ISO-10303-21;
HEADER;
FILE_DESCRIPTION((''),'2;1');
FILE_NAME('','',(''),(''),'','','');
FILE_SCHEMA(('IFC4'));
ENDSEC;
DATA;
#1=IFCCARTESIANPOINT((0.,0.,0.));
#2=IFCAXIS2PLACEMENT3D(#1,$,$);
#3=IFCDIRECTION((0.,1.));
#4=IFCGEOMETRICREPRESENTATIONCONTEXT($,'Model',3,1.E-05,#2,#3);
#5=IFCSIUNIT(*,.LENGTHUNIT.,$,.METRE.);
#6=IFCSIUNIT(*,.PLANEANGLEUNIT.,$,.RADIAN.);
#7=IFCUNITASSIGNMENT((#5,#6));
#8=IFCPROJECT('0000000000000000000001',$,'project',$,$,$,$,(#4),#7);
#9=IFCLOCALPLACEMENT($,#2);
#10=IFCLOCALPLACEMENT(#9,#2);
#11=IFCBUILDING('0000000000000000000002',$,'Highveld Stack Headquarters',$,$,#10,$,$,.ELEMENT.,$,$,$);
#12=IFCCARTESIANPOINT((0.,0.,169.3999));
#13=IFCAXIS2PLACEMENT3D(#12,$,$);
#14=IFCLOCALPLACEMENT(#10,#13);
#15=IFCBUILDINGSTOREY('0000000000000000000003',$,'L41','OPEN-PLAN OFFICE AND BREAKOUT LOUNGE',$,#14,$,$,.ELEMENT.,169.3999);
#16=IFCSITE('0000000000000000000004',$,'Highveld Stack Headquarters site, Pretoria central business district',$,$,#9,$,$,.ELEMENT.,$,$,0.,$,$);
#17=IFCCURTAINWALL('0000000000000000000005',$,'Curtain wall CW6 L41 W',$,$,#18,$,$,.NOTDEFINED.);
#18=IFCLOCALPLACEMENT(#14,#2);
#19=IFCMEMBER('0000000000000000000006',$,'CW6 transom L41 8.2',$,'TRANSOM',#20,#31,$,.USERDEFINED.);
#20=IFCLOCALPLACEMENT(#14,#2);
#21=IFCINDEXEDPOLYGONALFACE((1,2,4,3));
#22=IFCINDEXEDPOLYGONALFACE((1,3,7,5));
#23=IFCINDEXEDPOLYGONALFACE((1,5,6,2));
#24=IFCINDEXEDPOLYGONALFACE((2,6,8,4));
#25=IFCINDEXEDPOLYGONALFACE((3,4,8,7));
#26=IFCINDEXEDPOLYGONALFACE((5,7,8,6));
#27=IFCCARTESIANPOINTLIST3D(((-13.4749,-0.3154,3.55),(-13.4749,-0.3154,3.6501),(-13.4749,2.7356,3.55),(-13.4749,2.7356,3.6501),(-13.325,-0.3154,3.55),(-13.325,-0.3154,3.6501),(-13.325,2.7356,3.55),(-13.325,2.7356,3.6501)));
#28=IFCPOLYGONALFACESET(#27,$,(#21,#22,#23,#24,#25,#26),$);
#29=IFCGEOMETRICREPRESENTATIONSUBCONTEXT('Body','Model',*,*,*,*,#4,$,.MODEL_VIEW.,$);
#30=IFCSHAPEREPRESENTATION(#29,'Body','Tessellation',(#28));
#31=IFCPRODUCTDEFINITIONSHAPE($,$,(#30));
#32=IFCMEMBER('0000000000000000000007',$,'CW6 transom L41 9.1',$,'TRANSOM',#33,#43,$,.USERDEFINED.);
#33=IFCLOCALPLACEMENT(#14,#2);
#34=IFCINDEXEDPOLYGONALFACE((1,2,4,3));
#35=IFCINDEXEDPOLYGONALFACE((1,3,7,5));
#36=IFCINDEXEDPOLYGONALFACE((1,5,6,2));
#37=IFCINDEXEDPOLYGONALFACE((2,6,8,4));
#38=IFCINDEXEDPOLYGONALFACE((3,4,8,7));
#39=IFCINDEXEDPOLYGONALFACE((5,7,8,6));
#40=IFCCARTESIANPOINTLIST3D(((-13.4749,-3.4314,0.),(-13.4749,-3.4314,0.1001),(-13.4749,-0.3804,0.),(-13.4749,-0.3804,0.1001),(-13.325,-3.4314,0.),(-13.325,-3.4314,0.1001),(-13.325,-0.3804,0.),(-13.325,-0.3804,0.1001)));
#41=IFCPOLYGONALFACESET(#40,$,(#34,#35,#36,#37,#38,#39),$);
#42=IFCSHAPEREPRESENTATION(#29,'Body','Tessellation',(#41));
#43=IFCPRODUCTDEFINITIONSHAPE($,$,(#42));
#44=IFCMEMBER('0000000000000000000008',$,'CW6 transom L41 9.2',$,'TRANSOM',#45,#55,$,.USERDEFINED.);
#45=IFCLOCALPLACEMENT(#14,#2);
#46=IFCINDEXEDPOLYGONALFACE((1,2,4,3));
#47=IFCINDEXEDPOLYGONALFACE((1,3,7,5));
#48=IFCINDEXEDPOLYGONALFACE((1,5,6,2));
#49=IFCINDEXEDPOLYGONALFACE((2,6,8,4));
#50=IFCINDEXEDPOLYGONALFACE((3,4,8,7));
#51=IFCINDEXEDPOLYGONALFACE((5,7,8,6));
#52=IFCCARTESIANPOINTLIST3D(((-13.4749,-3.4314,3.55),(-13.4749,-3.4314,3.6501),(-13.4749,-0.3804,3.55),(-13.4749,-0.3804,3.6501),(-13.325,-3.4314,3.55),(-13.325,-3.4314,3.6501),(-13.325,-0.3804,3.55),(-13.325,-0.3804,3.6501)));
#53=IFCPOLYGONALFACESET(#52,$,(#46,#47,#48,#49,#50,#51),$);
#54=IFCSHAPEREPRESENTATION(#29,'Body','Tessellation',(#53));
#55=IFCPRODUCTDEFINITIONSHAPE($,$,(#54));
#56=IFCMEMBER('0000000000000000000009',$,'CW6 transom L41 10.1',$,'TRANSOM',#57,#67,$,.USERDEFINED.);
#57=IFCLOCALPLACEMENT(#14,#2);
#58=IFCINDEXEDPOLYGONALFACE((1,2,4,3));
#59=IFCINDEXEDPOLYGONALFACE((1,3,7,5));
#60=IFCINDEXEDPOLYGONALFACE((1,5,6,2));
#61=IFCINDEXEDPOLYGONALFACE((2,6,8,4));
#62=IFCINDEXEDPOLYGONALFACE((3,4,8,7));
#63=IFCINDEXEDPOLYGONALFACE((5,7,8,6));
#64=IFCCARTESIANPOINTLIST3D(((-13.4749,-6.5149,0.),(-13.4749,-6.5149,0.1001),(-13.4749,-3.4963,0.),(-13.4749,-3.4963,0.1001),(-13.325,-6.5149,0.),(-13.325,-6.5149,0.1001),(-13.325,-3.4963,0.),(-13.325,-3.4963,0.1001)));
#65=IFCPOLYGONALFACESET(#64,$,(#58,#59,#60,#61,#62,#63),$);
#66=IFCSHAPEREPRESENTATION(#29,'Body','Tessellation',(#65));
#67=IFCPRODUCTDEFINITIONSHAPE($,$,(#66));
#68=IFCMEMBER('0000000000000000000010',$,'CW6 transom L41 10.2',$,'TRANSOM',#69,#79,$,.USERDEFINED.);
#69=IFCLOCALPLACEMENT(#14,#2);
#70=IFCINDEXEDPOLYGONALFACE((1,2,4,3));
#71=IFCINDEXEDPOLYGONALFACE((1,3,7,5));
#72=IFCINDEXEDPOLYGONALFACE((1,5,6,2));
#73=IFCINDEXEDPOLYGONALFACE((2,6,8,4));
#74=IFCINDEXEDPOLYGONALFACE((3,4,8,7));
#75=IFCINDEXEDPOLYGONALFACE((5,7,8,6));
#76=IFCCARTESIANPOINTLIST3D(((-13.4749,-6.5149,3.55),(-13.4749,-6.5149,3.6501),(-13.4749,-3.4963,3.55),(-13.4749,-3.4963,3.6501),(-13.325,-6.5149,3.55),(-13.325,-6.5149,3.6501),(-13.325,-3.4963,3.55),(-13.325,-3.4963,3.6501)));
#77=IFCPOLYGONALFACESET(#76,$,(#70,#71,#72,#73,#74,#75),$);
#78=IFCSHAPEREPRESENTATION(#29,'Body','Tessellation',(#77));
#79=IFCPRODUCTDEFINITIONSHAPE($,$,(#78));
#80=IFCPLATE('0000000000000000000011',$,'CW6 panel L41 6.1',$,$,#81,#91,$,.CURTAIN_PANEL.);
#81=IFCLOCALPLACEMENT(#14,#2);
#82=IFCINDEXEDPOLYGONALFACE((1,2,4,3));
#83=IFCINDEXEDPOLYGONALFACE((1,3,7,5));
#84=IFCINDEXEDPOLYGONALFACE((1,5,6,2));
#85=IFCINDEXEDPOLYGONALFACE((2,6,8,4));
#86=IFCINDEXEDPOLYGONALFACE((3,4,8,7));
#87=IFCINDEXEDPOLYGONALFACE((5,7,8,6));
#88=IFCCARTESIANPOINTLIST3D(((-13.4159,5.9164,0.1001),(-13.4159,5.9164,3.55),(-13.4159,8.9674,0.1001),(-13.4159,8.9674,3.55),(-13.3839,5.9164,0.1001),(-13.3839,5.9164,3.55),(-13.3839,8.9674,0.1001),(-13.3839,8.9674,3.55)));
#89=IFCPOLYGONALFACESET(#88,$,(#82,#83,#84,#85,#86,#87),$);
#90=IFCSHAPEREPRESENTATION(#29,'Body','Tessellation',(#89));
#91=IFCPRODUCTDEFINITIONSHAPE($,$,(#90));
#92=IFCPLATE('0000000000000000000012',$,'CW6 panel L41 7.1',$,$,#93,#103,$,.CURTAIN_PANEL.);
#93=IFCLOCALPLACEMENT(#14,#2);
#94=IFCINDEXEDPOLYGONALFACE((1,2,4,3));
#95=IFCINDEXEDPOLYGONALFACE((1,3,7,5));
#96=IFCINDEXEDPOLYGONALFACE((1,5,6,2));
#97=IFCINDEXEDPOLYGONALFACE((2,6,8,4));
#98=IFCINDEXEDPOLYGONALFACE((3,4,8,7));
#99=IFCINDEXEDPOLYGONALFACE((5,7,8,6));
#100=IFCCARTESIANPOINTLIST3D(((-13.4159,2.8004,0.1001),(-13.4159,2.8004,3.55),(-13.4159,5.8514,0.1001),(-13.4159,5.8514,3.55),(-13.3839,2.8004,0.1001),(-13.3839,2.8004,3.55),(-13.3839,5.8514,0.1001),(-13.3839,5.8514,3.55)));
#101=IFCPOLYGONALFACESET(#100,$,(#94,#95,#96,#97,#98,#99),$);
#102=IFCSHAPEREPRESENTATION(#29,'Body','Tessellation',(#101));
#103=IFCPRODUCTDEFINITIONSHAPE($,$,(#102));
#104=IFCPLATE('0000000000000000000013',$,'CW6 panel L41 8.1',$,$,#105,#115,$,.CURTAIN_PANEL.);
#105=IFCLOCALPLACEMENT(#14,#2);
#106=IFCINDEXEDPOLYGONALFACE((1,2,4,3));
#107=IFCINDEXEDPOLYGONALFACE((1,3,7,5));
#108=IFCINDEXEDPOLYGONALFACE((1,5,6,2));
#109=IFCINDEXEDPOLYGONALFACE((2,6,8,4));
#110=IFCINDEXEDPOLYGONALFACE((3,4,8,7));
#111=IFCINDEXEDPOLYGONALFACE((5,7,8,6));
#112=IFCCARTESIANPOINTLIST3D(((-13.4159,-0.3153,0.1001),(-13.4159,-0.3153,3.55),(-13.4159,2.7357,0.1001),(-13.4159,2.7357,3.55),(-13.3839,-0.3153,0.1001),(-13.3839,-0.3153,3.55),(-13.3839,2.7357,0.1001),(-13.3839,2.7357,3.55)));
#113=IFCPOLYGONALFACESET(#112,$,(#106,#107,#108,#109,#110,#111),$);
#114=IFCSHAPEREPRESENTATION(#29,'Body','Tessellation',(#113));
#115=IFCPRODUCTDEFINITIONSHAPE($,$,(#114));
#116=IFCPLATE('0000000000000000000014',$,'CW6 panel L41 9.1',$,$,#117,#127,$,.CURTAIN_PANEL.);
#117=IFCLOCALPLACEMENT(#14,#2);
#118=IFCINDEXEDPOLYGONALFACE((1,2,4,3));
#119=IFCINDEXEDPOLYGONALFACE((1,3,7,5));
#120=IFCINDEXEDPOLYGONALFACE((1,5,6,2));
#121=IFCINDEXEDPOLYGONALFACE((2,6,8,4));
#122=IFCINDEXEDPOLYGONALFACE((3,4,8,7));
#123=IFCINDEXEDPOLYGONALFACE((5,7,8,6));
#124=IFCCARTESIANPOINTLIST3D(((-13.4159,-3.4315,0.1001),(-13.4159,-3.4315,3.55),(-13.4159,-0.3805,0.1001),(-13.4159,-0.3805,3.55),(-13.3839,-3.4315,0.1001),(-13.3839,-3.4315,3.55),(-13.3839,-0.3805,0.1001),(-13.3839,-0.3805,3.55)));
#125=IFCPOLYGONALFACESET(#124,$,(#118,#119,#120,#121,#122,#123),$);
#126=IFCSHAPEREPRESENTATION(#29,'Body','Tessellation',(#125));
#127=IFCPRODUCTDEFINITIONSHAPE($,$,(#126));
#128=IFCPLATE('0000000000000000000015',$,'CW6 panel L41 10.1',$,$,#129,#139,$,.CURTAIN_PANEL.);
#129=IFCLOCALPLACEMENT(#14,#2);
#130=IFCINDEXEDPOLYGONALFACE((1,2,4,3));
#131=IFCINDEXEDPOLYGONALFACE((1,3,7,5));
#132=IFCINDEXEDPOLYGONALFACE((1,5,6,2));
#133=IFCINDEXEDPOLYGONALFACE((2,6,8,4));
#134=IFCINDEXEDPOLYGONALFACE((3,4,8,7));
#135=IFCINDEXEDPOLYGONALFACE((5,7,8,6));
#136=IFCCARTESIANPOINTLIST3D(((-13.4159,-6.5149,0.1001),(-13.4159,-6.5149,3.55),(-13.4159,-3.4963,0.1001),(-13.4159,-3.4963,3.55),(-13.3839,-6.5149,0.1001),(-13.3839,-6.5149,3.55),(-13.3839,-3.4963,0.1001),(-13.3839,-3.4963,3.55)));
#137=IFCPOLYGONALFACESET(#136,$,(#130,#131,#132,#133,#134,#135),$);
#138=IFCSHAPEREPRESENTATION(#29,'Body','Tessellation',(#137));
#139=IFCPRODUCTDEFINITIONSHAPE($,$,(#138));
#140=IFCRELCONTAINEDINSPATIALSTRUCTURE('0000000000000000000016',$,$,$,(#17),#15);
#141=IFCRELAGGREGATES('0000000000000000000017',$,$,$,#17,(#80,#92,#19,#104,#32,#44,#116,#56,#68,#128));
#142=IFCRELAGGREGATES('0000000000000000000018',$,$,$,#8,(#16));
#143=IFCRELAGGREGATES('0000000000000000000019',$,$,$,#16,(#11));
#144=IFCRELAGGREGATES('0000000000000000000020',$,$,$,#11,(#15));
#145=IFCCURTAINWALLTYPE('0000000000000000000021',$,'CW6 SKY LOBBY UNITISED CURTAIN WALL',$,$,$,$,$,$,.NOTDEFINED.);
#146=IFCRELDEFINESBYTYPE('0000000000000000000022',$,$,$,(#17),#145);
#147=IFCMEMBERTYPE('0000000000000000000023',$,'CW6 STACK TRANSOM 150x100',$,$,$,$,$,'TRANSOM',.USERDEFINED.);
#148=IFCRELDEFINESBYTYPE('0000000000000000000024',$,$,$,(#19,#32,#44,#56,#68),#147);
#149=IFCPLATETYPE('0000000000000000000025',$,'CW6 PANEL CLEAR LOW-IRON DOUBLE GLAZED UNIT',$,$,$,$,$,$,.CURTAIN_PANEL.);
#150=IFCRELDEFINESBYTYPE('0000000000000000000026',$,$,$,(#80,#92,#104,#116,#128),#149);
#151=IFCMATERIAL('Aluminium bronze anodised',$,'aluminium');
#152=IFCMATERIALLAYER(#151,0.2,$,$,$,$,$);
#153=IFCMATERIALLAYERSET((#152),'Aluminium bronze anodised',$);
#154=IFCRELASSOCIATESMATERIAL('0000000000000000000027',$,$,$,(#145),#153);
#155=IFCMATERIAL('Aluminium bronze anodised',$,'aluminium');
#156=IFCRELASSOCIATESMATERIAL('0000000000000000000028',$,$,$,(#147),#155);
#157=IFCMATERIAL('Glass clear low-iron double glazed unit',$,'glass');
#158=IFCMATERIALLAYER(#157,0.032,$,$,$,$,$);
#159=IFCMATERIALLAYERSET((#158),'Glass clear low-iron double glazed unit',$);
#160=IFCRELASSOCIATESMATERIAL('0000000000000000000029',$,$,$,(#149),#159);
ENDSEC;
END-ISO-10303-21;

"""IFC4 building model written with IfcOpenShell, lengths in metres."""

from ifc_helpers import new_model, si_unit, direction, frame, origin, origin_2d, place, context, subcontext, project, spatial, rectangle, extrude, material, layer, layer_set, material_profile, profile_set, type_object, element, aggregate, save


model = new_model("IFC4")

# Units and contexts
model_context = context("Model", 3, precision=1e-05, world=origin(), true_north=direction((0.0, 1.0)))
body_context = subcontext(model_context, "Body", "Model", "MODEL_VIEW")
ifc_project = project(units=[si_unit("LENGTHUNIT", "METRE"), si_unit("PLANEANGLEUNIT", "RADIAN")], contexts=[model_context])

# Site, building, storey
site_placement = place(None, origin())
site = spatial("IfcSite", under=ifc_project, at=site_placement, Name="Highveld Stack Headquarters site, Pretoria central business district", CompositionType="ELEMENT", RefElevation=0.0)
building_placement = place(site_placement, origin())
building = spatial("IfcBuilding", under=site, at=building_placement, Name="Highveld Stack Headquarters", CompositionType="ELEMENT")
storey_placement = place(building_placement, frame((0.0, 0.0, 169.3999)))
storey = spatial("IfcBuildingStorey", under=building, at=storey_placement, Name="L41", Description="OPEN-PLAN OFFICE AND BREAKOUT LOUNGE", CompositionType="ELEMENT", Elevation=169.3999)

# Curtain wall, members, plates
ifc_material_1 = material(Name="Aluminium bronze anodised", Category="aluminium")
ifc_layer_1 = layer(ifc_material_1, 0.2)
ifc_layer_set_1 = layer_set([ifc_layer_1], Name="Aluminium bronze anodised")
curtain_wall_type = type_object("IfcCurtainWallType", Name="CW6 SKY LOBBY UNITISED CURTAIN WALL", PredefinedType="NOTDEFINED", material=ifc_layer_set_1)
curtain_wall_placement = place(storey_placement, origin())
curtain_wall = element("IfcCurtainWall", 1, at=curtain_wall_placement, inside=storey, type_object=curtain_wall_type, Name="Curtain wall CW6 L41 W", PredefinedType="NOTDEFINED")
ifc_material_2 = material(Name="Aluminium bronze anodised", Category="aluminium")
ifc_material_profile_1 = material_profile(ifc_material_2, rectangle(XDim=0.1499, YDim=0.1001, at=origin_2d()), Name="CW6 TRANSOM 150x100")
ifc_profile_set_1 = profile_set([ifc_material_profile_1], Name="Aluminium bronze anodised")
member_type_1 = type_object("IfcMemberType", Name="CW6 STACK TRANSOM 150x100", ElementType="TRANSOM", PredefinedType="USERDEFINED", material=ifc_profile_set_1)
member_1_placement = place(storey_placement, frame((-13.3999, 2.7356, 3.6001), z_axis=(0.0, -1.0, 0.0), x_axis=(1.0, 0.0, 0.0)))
member_1 = element("IfcMember", 2, at=member_1_placement, type_object=member_type_1, Name="CW6 transom L41 8.2", ObjectType="TRANSOM", PredefinedType="USERDEFINED", context=body_context, shape_type="SweptSolid", body=[
    extrude(rectangle(XDim=0.1499, YDim=0.1001, at=origin_2d()), origin(), (0.0, 0.0, 1.0), 3.051),
])
member_2_placement = place(storey_placement, frame((-13.3999, -0.3804, 0.05), z_axis=(0.0, -1.0, 0.0), x_axis=(1.0, 0.0, 0.0)))
member_2 = element("IfcMember", 3, at=member_2_placement, type_object=member_type_1, Name="CW6 transom L41 9.1", ObjectType="TRANSOM", PredefinedType="USERDEFINED", context=body_context, shape_type="SweptSolid", body=[
    extrude(rectangle(XDim=0.1499, YDim=0.1001, at=origin_2d()), origin(), (0.0, 0.0, 1.0), 3.051),
])
member_3_placement = place(storey_placement, frame((-13.3999, -0.3804, 3.6001), z_axis=(0.0, -1.0, 0.0), x_axis=(1.0, 0.0, 0.0)))
member_3 = element("IfcMember", 4, at=member_3_placement, type_object=member_type_1, Name="CW6 transom L41 9.2", ObjectType="TRANSOM", PredefinedType="USERDEFINED", context=body_context, shape_type="SweptSolid", body=[
    extrude(rectangle(XDim=0.1499, YDim=0.1001, at=origin_2d()), origin(), (0.0, 0.0, 1.0), 3.051),
])
member_4_placement = place(storey_placement, frame((-13.3999, -3.4963, 0.05), z_axis=(0.0, -1.0, 0.0), x_axis=(1.0, 0.0, 0.0)))
member_4 = element("IfcMember", 5, at=member_4_placement, type_object=member_type_1, Name="CW6 transom L41 10.1", ObjectType="TRANSOM", PredefinedType="USERDEFINED", context=body_context, shape_type="SweptSolid", body=[
    extrude(rectangle(XDim=0.1499, YDim=0.1001, at=origin_2d()), origin(), (0.0, 0.0, 1.0), 3.0186),
])
member_5_placement = place(storey_placement, frame((-13.3999, -3.4963, 3.6001), z_axis=(0.0, -1.0, 0.0), x_axis=(1.0, 0.0, 0.0)))
member_5 = element("IfcMember", 6, at=member_5_placement, type_object=member_type_1, Name="CW6 transom L41 10.2", ObjectType="TRANSOM", PredefinedType="USERDEFINED", context=body_context, shape_type="SweptSolid", body=[
    extrude(rectangle(XDim=0.1499, YDim=0.1001, at=origin_2d()), origin(), (0.0, 0.0, 1.0), 3.0186),
])
ifc_material_3 = material(Name="Glass clear low-iron double glazed unit", Category="glass")
ifc_layer_2 = layer(ifc_material_3, 0.032)
ifc_layer_set_2 = layer_set([ifc_layer_2], Name="Glass clear low-iron double glazed unit")
plate_type = type_object("IfcPlateType", Name="CW6 PANEL CLEAR LOW-IRON DOUBLE GLAZED UNIT", PredefinedType="CURTAIN_PANEL", material=ifc_layer_set_2)
plate_1_placement = place(storey_placement, frame((-13.3999, 7.4419, 0.1001), z_axis=(0.0, 0.0, 1.0), x_axis=(0.0, -1.0, 0.0)))
plate_1 = element("IfcPlate", 7, at=plate_1_placement, type_object=plate_type, Name="CW6 panel L41 6.1", PredefinedType="CURTAIN_PANEL", context=body_context, shape_type="SweptSolid", body=[
    extrude(rectangle(XDim=3.051, YDim=0.032, at=origin_2d()), origin(), (0.0, 0.0, 1.0), 3.45),
])
plate_2_placement = place(storey_placement, frame((-13.3999, 4.3259, 0.1001), z_axis=(0.0, 0.0, 1.0), x_axis=(0.0, -1.0, 0.0)))
plate_2 = element("IfcPlate", 8, at=plate_2_placement, type_object=plate_type, Name="CW6 panel L41 7.1", PredefinedType="CURTAIN_PANEL", context=body_context, shape_type="SweptSolid", body=[
    extrude(rectangle(XDim=3.051, YDim=0.032, at=origin_2d()), origin(), (0.0, 0.0, 1.0), 3.45),
])
plate_3_placement = place(storey_placement, frame((-13.3999, 1.2102, 0.1001), z_axis=(0.0, 0.0, 1.0), x_axis=(0.0, -1.0, 0.0)))
plate_3 = element("IfcPlate", 9, at=plate_3_placement, type_object=plate_type, Name="CW6 panel L41 8.1", PredefinedType="CURTAIN_PANEL", context=body_context, shape_type="SweptSolid", body=[
    extrude(rectangle(XDim=3.051, YDim=0.032, at=origin_2d()), origin(), (0.0, 0.0, 1.0), 3.45),
])
plate_4_placement = place(storey_placement, frame((-13.3999, -1.906, 0.1001), z_axis=(0.0, 0.0, 1.0), x_axis=(0.0, -1.0, 0.0)))
plate_4 = element("IfcPlate", 10, at=plate_4_placement, type_object=plate_type, Name="CW6 panel L41 9.1", PredefinedType="CURTAIN_PANEL", context=body_context, shape_type="SweptSolid", body=[
    extrude(rectangle(XDim=3.051, YDim=0.032, at=origin_2d()), origin(), (0.0, 0.0, 1.0), 3.45),
])
plate_5_placement = place(storey_placement, frame((-13.3999, -5.0056, 0.1001), z_axis=(0.0, 0.0, 1.0), x_axis=(0.0, -1.0, 0.0)))
plate_5 = element("IfcPlate", 11, at=plate_5_placement, type_object=plate_type, Name="CW6 panel L41 10.1", PredefinedType="CURTAIN_PANEL", context=body_context, shape_type="SweptSolid", body=[
    extrude(rectangle(XDim=3.0186, YDim=0.032, at=origin_2d()), origin(), (0.0, 0.0, 1.0), 3.45),
])
aggregate(curtain_wall, [plate_1, plate_2, member_1, plate_3, member_2, member_3, plate_4, member_4, member_5, plate_5])

save(model, "model.ifc")
